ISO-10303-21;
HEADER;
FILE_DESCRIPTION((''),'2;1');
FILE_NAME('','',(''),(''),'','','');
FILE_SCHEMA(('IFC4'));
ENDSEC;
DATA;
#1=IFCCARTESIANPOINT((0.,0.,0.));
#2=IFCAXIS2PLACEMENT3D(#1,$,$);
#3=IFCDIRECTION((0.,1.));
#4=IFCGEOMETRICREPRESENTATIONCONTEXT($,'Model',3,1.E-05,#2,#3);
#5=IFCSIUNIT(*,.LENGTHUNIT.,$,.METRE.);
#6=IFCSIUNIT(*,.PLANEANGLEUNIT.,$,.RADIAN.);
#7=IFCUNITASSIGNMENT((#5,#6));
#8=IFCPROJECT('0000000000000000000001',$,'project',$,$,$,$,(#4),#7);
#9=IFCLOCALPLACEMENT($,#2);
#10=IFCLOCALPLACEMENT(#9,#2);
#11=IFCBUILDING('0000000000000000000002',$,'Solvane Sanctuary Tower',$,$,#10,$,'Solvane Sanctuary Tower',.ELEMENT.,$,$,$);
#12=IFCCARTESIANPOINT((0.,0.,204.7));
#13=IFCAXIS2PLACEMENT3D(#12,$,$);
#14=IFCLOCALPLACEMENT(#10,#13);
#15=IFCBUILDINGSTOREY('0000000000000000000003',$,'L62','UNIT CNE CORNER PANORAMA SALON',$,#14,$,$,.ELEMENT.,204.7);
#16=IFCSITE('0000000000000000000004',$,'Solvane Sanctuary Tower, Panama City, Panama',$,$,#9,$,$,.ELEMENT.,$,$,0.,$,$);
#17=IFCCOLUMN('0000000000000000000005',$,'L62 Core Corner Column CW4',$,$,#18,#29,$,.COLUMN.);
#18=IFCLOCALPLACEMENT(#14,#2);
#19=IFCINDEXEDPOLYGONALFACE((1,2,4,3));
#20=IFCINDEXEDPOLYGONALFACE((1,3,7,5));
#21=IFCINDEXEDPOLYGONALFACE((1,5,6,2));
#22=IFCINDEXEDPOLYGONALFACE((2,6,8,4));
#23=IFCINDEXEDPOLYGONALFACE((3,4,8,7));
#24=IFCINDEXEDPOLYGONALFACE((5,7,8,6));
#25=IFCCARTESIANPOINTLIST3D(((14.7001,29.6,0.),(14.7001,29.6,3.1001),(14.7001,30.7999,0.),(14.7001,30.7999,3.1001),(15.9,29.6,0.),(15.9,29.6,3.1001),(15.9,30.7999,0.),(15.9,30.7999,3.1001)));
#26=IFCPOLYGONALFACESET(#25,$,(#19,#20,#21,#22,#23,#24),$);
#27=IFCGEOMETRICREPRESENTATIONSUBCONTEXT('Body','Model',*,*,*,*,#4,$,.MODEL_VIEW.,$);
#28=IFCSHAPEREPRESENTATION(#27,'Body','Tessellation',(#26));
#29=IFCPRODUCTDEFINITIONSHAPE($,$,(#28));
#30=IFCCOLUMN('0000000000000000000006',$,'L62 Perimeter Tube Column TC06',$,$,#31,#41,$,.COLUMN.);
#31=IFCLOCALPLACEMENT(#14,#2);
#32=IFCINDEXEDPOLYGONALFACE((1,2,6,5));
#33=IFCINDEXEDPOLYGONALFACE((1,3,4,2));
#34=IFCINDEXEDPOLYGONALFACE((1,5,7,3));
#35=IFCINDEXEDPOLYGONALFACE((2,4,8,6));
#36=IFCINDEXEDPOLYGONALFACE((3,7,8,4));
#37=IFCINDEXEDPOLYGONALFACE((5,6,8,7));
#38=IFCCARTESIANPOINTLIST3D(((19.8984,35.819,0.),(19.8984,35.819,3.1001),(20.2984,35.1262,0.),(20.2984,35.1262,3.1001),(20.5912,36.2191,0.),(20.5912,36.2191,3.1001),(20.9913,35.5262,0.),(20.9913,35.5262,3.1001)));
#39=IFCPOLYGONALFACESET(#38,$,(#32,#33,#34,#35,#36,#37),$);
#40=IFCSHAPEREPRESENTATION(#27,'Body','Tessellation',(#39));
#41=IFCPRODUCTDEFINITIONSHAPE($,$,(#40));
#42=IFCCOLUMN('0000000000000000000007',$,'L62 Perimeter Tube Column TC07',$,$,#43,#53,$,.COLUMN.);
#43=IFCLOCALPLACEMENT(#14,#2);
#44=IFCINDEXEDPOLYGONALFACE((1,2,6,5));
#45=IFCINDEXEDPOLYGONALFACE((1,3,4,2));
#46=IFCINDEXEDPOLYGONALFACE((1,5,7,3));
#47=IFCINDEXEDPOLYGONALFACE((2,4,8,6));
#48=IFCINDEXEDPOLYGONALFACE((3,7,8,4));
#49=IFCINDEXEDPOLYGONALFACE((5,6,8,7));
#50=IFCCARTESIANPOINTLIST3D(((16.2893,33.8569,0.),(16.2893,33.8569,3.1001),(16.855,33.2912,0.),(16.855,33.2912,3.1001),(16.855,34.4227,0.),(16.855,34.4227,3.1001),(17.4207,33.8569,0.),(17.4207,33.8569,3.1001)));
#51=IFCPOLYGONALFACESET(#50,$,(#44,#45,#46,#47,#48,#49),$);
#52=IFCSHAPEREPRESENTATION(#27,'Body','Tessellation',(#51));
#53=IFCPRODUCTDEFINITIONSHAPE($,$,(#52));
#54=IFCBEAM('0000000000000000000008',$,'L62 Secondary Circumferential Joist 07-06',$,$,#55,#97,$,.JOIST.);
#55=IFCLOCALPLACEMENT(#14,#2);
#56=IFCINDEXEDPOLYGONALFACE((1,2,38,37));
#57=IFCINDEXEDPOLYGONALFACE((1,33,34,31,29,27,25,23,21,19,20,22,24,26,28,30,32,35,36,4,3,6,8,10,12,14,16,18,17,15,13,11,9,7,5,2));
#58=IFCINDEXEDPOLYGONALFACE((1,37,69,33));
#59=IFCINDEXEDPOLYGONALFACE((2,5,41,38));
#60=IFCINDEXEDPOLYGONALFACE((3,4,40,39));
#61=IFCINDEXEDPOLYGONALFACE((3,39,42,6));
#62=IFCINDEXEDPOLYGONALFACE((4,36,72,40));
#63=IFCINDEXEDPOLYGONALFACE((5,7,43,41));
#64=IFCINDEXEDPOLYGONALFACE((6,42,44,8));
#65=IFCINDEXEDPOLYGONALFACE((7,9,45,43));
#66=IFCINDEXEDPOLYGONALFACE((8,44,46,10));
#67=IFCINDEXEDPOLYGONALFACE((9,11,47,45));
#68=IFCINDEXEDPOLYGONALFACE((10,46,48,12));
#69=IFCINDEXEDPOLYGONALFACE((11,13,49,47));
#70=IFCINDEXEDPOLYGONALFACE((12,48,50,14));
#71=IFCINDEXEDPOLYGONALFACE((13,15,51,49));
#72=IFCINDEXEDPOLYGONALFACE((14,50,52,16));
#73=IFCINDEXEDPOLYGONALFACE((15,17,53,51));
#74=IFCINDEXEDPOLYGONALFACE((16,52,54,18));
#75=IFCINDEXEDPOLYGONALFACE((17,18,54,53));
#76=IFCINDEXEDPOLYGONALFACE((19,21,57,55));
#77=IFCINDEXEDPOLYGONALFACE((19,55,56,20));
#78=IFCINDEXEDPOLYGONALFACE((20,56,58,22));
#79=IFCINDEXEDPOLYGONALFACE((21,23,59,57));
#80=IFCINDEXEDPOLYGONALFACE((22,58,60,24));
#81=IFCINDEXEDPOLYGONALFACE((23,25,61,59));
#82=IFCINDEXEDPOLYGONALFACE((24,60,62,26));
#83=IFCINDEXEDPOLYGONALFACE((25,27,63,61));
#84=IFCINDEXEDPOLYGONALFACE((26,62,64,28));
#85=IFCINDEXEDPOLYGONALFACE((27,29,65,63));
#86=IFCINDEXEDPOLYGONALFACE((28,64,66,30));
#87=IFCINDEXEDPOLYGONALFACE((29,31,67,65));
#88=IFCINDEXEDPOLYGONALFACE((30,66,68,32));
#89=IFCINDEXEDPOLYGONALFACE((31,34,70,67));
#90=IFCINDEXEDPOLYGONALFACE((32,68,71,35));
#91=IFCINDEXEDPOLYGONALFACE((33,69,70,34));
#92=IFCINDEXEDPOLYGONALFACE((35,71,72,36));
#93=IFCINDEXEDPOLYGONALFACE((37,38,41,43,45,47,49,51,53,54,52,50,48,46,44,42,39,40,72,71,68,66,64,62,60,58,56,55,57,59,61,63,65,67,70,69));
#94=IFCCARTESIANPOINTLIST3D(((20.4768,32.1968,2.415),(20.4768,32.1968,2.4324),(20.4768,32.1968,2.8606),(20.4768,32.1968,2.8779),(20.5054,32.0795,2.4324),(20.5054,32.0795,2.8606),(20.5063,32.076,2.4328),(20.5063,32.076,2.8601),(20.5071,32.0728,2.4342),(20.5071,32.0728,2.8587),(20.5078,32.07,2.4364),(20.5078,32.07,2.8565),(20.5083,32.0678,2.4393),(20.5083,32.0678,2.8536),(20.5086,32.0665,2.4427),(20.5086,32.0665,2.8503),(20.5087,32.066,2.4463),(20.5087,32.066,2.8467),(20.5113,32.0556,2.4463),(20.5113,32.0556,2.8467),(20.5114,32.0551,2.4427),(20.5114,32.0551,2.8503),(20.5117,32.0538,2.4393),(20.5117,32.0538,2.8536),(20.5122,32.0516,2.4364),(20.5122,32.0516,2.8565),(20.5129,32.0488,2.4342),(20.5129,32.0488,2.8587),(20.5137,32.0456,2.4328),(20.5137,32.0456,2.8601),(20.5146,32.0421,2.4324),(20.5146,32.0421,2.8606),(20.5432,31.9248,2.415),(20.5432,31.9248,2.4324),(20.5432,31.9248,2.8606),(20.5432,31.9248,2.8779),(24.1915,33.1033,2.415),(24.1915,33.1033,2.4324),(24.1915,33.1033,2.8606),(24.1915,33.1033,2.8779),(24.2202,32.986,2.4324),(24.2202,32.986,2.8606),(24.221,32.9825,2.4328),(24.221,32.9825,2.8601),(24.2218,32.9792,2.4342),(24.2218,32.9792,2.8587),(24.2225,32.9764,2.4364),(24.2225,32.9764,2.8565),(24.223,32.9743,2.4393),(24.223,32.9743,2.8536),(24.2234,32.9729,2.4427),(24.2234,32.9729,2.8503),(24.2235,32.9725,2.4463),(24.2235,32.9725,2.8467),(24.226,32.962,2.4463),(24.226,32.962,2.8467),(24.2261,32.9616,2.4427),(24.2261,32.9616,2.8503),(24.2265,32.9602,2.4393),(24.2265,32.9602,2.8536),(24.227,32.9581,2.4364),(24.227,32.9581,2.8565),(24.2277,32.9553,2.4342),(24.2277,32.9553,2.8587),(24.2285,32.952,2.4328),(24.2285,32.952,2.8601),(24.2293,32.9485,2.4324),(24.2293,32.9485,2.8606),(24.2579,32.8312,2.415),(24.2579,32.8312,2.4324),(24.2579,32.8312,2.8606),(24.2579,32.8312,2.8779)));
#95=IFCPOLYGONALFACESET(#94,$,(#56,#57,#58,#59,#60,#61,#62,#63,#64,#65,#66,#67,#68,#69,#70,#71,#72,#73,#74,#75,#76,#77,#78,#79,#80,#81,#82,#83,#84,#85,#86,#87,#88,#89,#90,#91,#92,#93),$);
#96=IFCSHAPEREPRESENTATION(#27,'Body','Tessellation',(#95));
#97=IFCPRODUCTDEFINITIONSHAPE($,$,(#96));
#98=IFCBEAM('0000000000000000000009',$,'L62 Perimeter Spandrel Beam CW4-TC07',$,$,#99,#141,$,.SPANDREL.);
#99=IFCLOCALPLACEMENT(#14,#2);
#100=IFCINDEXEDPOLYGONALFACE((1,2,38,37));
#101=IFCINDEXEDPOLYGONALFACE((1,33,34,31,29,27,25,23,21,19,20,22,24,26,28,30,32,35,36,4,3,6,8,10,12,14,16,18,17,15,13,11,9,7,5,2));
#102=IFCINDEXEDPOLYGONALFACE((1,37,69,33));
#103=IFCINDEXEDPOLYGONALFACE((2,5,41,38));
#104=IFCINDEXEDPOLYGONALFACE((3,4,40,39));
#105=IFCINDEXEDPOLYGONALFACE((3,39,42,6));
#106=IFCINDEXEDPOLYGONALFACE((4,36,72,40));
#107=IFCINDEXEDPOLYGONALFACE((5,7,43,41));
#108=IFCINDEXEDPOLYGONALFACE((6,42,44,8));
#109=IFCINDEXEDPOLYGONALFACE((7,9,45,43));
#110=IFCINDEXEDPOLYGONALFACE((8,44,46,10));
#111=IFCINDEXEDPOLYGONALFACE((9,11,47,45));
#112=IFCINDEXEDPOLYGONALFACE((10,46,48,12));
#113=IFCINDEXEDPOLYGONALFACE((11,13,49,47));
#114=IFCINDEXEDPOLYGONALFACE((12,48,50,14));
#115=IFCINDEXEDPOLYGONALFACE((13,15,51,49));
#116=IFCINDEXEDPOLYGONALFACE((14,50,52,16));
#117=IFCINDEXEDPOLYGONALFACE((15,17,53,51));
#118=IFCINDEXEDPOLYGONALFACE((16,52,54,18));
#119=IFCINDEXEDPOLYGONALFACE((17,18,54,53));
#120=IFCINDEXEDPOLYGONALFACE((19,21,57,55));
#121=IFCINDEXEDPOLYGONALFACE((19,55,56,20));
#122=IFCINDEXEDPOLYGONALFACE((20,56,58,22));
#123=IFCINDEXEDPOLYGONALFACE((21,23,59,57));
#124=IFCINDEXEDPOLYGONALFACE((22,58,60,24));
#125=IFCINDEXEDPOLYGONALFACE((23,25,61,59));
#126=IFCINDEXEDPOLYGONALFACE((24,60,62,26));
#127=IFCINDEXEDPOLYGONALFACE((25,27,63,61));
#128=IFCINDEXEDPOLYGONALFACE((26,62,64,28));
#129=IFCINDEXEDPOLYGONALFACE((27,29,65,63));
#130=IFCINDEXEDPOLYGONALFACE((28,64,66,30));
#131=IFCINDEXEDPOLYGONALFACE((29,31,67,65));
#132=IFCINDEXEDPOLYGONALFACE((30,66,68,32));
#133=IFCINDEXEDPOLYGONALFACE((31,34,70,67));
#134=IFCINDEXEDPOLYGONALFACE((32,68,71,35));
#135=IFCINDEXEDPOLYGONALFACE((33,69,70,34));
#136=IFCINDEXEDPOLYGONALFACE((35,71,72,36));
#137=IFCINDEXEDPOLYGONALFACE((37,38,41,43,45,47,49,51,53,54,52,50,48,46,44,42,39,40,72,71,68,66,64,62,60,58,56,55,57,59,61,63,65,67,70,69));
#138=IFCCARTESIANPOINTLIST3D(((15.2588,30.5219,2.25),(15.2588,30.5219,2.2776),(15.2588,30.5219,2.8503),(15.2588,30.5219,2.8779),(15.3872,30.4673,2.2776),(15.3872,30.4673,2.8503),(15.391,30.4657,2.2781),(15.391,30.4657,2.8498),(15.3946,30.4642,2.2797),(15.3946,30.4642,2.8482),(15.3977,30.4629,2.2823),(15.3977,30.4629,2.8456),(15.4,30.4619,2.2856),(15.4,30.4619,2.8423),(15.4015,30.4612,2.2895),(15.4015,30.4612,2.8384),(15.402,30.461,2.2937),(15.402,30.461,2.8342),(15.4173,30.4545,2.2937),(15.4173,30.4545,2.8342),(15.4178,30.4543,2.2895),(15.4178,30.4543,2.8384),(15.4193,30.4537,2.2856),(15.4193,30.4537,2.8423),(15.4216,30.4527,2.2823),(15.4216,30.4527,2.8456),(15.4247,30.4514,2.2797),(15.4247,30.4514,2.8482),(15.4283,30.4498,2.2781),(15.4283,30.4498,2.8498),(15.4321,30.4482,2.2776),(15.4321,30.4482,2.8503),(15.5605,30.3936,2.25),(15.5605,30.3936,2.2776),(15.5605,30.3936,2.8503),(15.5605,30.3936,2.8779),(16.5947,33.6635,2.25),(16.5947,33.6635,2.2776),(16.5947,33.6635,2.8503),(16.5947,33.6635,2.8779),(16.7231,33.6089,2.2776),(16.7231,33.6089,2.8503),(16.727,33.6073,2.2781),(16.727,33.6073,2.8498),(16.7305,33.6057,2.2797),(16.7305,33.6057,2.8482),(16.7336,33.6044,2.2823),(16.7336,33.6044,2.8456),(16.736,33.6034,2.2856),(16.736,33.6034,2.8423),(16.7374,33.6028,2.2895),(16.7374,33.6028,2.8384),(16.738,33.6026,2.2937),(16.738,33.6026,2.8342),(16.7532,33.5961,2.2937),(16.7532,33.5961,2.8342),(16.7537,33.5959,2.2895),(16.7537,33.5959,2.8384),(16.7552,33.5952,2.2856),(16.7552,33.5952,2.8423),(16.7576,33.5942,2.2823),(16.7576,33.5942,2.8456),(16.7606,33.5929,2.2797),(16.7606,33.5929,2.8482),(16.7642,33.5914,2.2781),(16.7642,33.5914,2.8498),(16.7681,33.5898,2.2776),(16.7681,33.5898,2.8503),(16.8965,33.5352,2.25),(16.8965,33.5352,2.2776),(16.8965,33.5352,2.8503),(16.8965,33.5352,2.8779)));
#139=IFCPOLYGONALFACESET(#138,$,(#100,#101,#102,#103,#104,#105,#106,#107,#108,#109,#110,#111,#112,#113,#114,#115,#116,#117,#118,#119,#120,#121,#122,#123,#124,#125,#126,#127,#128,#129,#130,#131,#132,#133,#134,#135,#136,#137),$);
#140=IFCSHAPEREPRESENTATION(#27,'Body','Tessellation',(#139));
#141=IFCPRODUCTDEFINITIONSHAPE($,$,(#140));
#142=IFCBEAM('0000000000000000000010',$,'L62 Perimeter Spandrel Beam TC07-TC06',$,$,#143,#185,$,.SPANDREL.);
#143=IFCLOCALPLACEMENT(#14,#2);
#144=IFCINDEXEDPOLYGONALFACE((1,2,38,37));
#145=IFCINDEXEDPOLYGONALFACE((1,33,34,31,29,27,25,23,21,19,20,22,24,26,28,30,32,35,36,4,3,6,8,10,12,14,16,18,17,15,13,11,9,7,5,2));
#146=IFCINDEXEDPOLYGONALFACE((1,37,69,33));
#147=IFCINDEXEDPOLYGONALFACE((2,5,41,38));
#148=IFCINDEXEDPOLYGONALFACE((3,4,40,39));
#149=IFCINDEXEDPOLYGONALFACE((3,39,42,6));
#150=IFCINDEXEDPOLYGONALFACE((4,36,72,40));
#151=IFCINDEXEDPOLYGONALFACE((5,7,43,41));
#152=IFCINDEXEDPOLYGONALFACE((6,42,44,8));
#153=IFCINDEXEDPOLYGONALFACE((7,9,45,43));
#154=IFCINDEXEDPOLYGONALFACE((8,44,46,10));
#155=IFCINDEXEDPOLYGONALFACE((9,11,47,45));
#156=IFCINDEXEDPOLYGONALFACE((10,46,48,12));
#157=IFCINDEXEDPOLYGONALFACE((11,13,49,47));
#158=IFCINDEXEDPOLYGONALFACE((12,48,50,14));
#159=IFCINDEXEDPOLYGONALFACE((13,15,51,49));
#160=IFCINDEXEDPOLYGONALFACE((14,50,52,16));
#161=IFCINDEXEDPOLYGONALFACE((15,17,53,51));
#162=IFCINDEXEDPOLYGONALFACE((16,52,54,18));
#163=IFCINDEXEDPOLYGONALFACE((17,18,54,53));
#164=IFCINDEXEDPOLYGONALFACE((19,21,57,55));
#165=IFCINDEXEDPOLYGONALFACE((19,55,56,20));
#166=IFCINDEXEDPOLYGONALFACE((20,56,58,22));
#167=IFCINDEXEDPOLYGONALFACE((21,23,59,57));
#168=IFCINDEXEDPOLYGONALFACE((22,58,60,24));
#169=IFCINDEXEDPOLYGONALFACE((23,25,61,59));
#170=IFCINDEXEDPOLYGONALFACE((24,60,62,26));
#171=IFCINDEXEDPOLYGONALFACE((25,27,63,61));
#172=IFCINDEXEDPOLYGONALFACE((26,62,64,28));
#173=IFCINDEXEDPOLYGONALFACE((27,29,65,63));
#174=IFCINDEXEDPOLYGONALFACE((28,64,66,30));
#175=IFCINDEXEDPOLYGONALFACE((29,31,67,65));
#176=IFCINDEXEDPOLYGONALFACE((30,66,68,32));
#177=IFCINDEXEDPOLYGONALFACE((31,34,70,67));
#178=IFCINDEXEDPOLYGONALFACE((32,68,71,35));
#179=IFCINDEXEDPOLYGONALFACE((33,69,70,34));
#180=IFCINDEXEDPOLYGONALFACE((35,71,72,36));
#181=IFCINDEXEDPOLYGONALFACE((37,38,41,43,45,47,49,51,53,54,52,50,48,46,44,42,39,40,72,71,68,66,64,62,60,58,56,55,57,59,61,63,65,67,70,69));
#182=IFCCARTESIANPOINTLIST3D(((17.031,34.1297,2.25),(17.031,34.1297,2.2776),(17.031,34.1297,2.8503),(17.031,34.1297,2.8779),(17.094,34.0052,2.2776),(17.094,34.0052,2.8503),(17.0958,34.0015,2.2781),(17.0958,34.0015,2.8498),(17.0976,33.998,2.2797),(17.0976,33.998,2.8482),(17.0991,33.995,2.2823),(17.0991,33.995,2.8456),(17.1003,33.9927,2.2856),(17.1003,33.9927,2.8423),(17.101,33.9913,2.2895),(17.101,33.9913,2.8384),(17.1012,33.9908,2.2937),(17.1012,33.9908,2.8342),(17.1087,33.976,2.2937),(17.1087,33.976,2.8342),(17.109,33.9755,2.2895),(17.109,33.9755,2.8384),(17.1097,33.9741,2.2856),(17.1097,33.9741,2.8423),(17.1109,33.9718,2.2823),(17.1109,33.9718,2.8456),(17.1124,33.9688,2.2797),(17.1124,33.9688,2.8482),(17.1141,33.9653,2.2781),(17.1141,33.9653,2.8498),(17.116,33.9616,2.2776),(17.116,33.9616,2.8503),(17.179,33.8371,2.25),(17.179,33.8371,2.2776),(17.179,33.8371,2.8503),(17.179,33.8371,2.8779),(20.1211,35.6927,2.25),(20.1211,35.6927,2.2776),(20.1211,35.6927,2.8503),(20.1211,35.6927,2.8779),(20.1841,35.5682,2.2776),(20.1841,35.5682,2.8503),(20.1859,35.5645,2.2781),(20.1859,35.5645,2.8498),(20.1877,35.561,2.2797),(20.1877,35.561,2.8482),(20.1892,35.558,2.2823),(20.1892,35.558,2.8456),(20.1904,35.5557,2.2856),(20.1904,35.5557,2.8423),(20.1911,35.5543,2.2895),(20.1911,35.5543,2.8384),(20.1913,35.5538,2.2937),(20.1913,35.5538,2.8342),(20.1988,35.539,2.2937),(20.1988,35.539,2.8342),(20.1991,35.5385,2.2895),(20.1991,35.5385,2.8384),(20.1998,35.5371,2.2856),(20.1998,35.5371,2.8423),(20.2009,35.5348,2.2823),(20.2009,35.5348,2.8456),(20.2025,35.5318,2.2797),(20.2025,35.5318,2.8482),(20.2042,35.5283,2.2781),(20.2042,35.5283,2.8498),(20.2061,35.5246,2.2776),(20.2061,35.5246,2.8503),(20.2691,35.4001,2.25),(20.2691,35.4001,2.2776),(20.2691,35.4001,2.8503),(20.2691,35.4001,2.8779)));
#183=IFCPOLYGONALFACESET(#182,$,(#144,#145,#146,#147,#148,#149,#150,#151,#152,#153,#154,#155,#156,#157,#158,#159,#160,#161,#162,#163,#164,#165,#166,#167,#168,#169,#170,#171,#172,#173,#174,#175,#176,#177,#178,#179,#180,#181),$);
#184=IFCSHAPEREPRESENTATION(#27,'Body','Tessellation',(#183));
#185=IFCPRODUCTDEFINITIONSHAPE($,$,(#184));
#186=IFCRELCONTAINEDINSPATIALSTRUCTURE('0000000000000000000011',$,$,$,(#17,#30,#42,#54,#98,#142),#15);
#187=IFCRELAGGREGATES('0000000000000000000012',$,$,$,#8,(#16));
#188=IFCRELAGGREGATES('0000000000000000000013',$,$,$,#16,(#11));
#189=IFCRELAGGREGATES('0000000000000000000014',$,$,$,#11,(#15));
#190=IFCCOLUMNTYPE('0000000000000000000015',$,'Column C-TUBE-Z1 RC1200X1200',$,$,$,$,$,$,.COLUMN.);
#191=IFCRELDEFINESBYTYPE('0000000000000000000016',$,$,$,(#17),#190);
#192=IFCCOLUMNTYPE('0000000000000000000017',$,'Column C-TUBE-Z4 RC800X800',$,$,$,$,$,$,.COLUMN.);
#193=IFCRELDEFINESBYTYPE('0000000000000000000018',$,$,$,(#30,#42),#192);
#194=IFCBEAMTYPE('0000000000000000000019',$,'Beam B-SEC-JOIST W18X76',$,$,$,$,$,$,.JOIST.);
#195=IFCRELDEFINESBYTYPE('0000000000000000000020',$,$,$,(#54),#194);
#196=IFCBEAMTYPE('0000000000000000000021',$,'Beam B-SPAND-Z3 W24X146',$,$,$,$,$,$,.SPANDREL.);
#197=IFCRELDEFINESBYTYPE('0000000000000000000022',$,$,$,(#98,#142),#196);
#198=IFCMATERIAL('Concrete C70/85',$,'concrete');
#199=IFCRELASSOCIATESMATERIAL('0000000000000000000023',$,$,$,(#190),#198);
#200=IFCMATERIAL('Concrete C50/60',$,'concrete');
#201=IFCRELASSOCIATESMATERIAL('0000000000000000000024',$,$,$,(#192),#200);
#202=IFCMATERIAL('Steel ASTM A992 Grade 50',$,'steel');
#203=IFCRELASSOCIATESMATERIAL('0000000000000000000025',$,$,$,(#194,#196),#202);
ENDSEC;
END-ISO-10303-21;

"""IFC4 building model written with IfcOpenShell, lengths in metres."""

from ifc_helpers import new_model, si_unit, direction, frame, origin, origin_2d, place, context, subcontext, project, spatial, rectangle, i_section, extrude, material, material_profile, profile_set, type_object, element, save


model = new_model("IFC4")

# Units and contexts
model_context = context("Model", 3, precision=1e-05, world=origin(), true_north=direction((0.0, 1.0)))
body_context = subcontext(model_context, "Body", "Model", "MODEL_VIEW")
ifc_project = project(units=[si_unit("LENGTHUNIT", "METRE"), si_unit("PLANEANGLEUNIT", "RADIAN")], contexts=[model_context])

# Site, building, storey
site_placement = place(None, origin())
site = spatial("IfcSite", under=ifc_project, at=site_placement, Name="Solvane Sanctuary Tower, Panama City, Panama", CompositionType="ELEMENT", RefElevation=0.0)
building_placement = place(site_placement, origin())
building = spatial("IfcBuilding", under=site, at=building_placement, Name="Solvane Sanctuary Tower", LongName="Solvane Sanctuary Tower", CompositionType="ELEMENT")
storey_placement = place(building_placement, frame((0.0, 0.0, 204.7)))
storey = spatial("IfcBuildingStorey", under=building, at=storey_placement, Name="L62", Description="UNIT CNE CORNER PANORAMA SALON", CompositionType="ELEMENT", Elevation=204.7)

# Columns
ifc_material_1 = material(Name="Concrete C70/85", Category="concrete")
ifc_material_profile_1 = material_profile(ifc_material_1, rectangle(XDim=1.2, YDim=1.2, at=origin_2d()), Name="RC1200X1200")
ifc_profile_set_1 = profile_set([ifc_material_profile_1], Name="Concrete C70/85")
column_type_1 = type_object("IfcColumnType", Name="Column C-TUBE-Z1 RC1200X1200", PredefinedType="COLUMN", material=ifc_profile_set_1)
column_placement = place(storey_placement, frame((15.3, 30.2, 0.0), z_axis=(0.0, 0.0, 1.0), x_axis=(1.0, 0.0, 0.0)))
element("IfcColumn", 1, at=column_placement, inside=storey, type_object=column_type_1, Name="L62 Core Corner Column CW4", PredefinedType="COLUMN", context=body_context, shape_type="SweptSolid", body=[
    extrude(rectangle(XDim=1.2, YDim=1.2, at=origin_2d()), origin(), (0.0, 0.0, 1.0), 3.1001),
])
ifc_material_2 = material(Name="Concrete C50/60", Category="concrete")
ifc_material_profile_2 = material_profile(ifc_material_2, rectangle(XDim=0.8, YDim=0.8, at=origin_2d()), Name="RC800X800")
ifc_profile_set_2 = profile_set([ifc_material_profile_2], Name="Concrete C50/60")
column_type_2 = type_object("IfcColumnType", Name="Column C-TUBE-Z4 RC800X800", PredefinedType="COLUMN", material=ifc_profile_set_2)
for number, where, z_axis, x_axis, name in (
    (2, (20.4448, 35.6726, 0.0), (0.0, 0.0, 1.0), (-0.5, 0.866025, 0.0), "L62 Perimeter Tube Column TC06"),
    (3, (16.855, 33.8569, 0.0), (0.0, 0.0, 1.0), (-0.707107, 0.707107, 0.0), "L62 Perimeter Tube Column TC07"),
):
    element("IfcColumn", number, at=place(storey_placement, frame(where, z_axis=z_axis, x_axis=x_axis)), inside=storey, type_object=column_type_2, Name=name, PredefinedType="COLUMN", context=body_context, shape_type="SweptSolid", body=[
        extrude(rectangle(XDim=0.8, YDim=0.8, at=origin_2d()), origin(), (0.0, 0.0, 1.0), 3.1001),
    ])

# Beams
ifc_material_3 = material(Name="Steel ASTM A992 Grade 50", Category="steel")
ifc_material_profile_3 = material_profile(ifc_material_3, i_section(OverallWidth=0.28, OverallDepth=0.4629, WebThickness=0.0107, FlangeThickness=0.0173, FilletRadius=0.0139, at=origin_2d()), Name="W18X76")
ifc_profile_set_3 = profile_set([ifc_material_profile_3], Name="Steel ASTM A992 Grade 50")
beam_type_1 = type_object("IfcBeamType", Name="Beam B-SEC-JOIST W18X76", PredefinedType="JOIST", material=ifc_profile_set_3)
beam_1_placement = place(storey_placement, frame((20.51, 32.0608, 2.6465), z_axis=(0.971494, 0.237063, 0.0), x_axis=(-0.237063, 0.971494, 0.0)))
element("IfcBeam", 4, at=beam_1_placement, inside=storey, type_object=beam_type_1, Name="L62 Secondary Circumferential Joist 07-06", PredefinedType="JOIST", context=body_context, shape_type="SweptSolid", body=[
    extrude(i_section(OverallWidth=0.28, OverallDepth=0.4629, WebThickness=0.0107, FlangeThickness=0.0173, FilletRadius=0.0139, at=origin_2d()), origin(), (0.0, 0.0, 1.0), 3.8237),
])
ifc_material_profile_4 = material_profile(ifc_material_3, i_section(OverallWidth=0.3279, OverallDepth=0.6279, WebThickness=0.0166, FlangeThickness=0.0276, FilletRadius=0.0161, at=origin_2d()), Name="W24X146")
ifc_profile_set_4 = profile_set([ifc_material_profile_4], Name="Steel ASTM A992 Grade 50")
beam_type_2 = type_object("IfcBeamType", Name="Beam B-SPAND-Z3 W24X146", PredefinedType="SPANDREL", material=ifc_profile_set_4)
beam_2_placement = place(storey_placement, frame((15.4097, 30.4578, 2.564), z_axis=(0.391328, 0.920251, 0.0), x_axis=(-0.920251, 0.391328, 0.0)))
element("IfcBeam", 5, at=beam_2_placement, inside=storey, type_object=beam_type_2, Name="L62 Perimeter Spandrel Beam CW4-TC07", PredefinedType="SPANDREL", context=body_context, shape_type="SweptSolid", body=[
    extrude(i_section(OverallWidth=0.3279, OverallDepth=0.6279, WebThickness=0.0166, FlangeThickness=0.0276, FilletRadius=0.0161, at=origin_2d()), origin(), (0.0, 0.0, 1.0), 3.4138),
])
beam_3_placement = place(storey_placement, frame((17.105, 33.9834, 2.564), z_axis=(0.892345, 0.451354, 0.0), x_axis=(-0.451354, 0.892345, 0.0)))
element("IfcBeam", 6, at=beam_3_placement, inside=storey, type_object=beam_type_2, Name="L62 Perimeter Spandrel Beam TC07-TC06", PredefinedType="SPANDREL", context=body_context, shape_type="SweptSolid", body=[
    extrude(i_section(OverallWidth=0.3279, OverallDepth=0.6279, WebThickness=0.0166, FlangeThickness=0.0276, FilletRadius=0.0161, at=origin_2d()), origin(), (0.0, 0.0, 1.0), 3.4629),
])

save(model, "model.ifc")
